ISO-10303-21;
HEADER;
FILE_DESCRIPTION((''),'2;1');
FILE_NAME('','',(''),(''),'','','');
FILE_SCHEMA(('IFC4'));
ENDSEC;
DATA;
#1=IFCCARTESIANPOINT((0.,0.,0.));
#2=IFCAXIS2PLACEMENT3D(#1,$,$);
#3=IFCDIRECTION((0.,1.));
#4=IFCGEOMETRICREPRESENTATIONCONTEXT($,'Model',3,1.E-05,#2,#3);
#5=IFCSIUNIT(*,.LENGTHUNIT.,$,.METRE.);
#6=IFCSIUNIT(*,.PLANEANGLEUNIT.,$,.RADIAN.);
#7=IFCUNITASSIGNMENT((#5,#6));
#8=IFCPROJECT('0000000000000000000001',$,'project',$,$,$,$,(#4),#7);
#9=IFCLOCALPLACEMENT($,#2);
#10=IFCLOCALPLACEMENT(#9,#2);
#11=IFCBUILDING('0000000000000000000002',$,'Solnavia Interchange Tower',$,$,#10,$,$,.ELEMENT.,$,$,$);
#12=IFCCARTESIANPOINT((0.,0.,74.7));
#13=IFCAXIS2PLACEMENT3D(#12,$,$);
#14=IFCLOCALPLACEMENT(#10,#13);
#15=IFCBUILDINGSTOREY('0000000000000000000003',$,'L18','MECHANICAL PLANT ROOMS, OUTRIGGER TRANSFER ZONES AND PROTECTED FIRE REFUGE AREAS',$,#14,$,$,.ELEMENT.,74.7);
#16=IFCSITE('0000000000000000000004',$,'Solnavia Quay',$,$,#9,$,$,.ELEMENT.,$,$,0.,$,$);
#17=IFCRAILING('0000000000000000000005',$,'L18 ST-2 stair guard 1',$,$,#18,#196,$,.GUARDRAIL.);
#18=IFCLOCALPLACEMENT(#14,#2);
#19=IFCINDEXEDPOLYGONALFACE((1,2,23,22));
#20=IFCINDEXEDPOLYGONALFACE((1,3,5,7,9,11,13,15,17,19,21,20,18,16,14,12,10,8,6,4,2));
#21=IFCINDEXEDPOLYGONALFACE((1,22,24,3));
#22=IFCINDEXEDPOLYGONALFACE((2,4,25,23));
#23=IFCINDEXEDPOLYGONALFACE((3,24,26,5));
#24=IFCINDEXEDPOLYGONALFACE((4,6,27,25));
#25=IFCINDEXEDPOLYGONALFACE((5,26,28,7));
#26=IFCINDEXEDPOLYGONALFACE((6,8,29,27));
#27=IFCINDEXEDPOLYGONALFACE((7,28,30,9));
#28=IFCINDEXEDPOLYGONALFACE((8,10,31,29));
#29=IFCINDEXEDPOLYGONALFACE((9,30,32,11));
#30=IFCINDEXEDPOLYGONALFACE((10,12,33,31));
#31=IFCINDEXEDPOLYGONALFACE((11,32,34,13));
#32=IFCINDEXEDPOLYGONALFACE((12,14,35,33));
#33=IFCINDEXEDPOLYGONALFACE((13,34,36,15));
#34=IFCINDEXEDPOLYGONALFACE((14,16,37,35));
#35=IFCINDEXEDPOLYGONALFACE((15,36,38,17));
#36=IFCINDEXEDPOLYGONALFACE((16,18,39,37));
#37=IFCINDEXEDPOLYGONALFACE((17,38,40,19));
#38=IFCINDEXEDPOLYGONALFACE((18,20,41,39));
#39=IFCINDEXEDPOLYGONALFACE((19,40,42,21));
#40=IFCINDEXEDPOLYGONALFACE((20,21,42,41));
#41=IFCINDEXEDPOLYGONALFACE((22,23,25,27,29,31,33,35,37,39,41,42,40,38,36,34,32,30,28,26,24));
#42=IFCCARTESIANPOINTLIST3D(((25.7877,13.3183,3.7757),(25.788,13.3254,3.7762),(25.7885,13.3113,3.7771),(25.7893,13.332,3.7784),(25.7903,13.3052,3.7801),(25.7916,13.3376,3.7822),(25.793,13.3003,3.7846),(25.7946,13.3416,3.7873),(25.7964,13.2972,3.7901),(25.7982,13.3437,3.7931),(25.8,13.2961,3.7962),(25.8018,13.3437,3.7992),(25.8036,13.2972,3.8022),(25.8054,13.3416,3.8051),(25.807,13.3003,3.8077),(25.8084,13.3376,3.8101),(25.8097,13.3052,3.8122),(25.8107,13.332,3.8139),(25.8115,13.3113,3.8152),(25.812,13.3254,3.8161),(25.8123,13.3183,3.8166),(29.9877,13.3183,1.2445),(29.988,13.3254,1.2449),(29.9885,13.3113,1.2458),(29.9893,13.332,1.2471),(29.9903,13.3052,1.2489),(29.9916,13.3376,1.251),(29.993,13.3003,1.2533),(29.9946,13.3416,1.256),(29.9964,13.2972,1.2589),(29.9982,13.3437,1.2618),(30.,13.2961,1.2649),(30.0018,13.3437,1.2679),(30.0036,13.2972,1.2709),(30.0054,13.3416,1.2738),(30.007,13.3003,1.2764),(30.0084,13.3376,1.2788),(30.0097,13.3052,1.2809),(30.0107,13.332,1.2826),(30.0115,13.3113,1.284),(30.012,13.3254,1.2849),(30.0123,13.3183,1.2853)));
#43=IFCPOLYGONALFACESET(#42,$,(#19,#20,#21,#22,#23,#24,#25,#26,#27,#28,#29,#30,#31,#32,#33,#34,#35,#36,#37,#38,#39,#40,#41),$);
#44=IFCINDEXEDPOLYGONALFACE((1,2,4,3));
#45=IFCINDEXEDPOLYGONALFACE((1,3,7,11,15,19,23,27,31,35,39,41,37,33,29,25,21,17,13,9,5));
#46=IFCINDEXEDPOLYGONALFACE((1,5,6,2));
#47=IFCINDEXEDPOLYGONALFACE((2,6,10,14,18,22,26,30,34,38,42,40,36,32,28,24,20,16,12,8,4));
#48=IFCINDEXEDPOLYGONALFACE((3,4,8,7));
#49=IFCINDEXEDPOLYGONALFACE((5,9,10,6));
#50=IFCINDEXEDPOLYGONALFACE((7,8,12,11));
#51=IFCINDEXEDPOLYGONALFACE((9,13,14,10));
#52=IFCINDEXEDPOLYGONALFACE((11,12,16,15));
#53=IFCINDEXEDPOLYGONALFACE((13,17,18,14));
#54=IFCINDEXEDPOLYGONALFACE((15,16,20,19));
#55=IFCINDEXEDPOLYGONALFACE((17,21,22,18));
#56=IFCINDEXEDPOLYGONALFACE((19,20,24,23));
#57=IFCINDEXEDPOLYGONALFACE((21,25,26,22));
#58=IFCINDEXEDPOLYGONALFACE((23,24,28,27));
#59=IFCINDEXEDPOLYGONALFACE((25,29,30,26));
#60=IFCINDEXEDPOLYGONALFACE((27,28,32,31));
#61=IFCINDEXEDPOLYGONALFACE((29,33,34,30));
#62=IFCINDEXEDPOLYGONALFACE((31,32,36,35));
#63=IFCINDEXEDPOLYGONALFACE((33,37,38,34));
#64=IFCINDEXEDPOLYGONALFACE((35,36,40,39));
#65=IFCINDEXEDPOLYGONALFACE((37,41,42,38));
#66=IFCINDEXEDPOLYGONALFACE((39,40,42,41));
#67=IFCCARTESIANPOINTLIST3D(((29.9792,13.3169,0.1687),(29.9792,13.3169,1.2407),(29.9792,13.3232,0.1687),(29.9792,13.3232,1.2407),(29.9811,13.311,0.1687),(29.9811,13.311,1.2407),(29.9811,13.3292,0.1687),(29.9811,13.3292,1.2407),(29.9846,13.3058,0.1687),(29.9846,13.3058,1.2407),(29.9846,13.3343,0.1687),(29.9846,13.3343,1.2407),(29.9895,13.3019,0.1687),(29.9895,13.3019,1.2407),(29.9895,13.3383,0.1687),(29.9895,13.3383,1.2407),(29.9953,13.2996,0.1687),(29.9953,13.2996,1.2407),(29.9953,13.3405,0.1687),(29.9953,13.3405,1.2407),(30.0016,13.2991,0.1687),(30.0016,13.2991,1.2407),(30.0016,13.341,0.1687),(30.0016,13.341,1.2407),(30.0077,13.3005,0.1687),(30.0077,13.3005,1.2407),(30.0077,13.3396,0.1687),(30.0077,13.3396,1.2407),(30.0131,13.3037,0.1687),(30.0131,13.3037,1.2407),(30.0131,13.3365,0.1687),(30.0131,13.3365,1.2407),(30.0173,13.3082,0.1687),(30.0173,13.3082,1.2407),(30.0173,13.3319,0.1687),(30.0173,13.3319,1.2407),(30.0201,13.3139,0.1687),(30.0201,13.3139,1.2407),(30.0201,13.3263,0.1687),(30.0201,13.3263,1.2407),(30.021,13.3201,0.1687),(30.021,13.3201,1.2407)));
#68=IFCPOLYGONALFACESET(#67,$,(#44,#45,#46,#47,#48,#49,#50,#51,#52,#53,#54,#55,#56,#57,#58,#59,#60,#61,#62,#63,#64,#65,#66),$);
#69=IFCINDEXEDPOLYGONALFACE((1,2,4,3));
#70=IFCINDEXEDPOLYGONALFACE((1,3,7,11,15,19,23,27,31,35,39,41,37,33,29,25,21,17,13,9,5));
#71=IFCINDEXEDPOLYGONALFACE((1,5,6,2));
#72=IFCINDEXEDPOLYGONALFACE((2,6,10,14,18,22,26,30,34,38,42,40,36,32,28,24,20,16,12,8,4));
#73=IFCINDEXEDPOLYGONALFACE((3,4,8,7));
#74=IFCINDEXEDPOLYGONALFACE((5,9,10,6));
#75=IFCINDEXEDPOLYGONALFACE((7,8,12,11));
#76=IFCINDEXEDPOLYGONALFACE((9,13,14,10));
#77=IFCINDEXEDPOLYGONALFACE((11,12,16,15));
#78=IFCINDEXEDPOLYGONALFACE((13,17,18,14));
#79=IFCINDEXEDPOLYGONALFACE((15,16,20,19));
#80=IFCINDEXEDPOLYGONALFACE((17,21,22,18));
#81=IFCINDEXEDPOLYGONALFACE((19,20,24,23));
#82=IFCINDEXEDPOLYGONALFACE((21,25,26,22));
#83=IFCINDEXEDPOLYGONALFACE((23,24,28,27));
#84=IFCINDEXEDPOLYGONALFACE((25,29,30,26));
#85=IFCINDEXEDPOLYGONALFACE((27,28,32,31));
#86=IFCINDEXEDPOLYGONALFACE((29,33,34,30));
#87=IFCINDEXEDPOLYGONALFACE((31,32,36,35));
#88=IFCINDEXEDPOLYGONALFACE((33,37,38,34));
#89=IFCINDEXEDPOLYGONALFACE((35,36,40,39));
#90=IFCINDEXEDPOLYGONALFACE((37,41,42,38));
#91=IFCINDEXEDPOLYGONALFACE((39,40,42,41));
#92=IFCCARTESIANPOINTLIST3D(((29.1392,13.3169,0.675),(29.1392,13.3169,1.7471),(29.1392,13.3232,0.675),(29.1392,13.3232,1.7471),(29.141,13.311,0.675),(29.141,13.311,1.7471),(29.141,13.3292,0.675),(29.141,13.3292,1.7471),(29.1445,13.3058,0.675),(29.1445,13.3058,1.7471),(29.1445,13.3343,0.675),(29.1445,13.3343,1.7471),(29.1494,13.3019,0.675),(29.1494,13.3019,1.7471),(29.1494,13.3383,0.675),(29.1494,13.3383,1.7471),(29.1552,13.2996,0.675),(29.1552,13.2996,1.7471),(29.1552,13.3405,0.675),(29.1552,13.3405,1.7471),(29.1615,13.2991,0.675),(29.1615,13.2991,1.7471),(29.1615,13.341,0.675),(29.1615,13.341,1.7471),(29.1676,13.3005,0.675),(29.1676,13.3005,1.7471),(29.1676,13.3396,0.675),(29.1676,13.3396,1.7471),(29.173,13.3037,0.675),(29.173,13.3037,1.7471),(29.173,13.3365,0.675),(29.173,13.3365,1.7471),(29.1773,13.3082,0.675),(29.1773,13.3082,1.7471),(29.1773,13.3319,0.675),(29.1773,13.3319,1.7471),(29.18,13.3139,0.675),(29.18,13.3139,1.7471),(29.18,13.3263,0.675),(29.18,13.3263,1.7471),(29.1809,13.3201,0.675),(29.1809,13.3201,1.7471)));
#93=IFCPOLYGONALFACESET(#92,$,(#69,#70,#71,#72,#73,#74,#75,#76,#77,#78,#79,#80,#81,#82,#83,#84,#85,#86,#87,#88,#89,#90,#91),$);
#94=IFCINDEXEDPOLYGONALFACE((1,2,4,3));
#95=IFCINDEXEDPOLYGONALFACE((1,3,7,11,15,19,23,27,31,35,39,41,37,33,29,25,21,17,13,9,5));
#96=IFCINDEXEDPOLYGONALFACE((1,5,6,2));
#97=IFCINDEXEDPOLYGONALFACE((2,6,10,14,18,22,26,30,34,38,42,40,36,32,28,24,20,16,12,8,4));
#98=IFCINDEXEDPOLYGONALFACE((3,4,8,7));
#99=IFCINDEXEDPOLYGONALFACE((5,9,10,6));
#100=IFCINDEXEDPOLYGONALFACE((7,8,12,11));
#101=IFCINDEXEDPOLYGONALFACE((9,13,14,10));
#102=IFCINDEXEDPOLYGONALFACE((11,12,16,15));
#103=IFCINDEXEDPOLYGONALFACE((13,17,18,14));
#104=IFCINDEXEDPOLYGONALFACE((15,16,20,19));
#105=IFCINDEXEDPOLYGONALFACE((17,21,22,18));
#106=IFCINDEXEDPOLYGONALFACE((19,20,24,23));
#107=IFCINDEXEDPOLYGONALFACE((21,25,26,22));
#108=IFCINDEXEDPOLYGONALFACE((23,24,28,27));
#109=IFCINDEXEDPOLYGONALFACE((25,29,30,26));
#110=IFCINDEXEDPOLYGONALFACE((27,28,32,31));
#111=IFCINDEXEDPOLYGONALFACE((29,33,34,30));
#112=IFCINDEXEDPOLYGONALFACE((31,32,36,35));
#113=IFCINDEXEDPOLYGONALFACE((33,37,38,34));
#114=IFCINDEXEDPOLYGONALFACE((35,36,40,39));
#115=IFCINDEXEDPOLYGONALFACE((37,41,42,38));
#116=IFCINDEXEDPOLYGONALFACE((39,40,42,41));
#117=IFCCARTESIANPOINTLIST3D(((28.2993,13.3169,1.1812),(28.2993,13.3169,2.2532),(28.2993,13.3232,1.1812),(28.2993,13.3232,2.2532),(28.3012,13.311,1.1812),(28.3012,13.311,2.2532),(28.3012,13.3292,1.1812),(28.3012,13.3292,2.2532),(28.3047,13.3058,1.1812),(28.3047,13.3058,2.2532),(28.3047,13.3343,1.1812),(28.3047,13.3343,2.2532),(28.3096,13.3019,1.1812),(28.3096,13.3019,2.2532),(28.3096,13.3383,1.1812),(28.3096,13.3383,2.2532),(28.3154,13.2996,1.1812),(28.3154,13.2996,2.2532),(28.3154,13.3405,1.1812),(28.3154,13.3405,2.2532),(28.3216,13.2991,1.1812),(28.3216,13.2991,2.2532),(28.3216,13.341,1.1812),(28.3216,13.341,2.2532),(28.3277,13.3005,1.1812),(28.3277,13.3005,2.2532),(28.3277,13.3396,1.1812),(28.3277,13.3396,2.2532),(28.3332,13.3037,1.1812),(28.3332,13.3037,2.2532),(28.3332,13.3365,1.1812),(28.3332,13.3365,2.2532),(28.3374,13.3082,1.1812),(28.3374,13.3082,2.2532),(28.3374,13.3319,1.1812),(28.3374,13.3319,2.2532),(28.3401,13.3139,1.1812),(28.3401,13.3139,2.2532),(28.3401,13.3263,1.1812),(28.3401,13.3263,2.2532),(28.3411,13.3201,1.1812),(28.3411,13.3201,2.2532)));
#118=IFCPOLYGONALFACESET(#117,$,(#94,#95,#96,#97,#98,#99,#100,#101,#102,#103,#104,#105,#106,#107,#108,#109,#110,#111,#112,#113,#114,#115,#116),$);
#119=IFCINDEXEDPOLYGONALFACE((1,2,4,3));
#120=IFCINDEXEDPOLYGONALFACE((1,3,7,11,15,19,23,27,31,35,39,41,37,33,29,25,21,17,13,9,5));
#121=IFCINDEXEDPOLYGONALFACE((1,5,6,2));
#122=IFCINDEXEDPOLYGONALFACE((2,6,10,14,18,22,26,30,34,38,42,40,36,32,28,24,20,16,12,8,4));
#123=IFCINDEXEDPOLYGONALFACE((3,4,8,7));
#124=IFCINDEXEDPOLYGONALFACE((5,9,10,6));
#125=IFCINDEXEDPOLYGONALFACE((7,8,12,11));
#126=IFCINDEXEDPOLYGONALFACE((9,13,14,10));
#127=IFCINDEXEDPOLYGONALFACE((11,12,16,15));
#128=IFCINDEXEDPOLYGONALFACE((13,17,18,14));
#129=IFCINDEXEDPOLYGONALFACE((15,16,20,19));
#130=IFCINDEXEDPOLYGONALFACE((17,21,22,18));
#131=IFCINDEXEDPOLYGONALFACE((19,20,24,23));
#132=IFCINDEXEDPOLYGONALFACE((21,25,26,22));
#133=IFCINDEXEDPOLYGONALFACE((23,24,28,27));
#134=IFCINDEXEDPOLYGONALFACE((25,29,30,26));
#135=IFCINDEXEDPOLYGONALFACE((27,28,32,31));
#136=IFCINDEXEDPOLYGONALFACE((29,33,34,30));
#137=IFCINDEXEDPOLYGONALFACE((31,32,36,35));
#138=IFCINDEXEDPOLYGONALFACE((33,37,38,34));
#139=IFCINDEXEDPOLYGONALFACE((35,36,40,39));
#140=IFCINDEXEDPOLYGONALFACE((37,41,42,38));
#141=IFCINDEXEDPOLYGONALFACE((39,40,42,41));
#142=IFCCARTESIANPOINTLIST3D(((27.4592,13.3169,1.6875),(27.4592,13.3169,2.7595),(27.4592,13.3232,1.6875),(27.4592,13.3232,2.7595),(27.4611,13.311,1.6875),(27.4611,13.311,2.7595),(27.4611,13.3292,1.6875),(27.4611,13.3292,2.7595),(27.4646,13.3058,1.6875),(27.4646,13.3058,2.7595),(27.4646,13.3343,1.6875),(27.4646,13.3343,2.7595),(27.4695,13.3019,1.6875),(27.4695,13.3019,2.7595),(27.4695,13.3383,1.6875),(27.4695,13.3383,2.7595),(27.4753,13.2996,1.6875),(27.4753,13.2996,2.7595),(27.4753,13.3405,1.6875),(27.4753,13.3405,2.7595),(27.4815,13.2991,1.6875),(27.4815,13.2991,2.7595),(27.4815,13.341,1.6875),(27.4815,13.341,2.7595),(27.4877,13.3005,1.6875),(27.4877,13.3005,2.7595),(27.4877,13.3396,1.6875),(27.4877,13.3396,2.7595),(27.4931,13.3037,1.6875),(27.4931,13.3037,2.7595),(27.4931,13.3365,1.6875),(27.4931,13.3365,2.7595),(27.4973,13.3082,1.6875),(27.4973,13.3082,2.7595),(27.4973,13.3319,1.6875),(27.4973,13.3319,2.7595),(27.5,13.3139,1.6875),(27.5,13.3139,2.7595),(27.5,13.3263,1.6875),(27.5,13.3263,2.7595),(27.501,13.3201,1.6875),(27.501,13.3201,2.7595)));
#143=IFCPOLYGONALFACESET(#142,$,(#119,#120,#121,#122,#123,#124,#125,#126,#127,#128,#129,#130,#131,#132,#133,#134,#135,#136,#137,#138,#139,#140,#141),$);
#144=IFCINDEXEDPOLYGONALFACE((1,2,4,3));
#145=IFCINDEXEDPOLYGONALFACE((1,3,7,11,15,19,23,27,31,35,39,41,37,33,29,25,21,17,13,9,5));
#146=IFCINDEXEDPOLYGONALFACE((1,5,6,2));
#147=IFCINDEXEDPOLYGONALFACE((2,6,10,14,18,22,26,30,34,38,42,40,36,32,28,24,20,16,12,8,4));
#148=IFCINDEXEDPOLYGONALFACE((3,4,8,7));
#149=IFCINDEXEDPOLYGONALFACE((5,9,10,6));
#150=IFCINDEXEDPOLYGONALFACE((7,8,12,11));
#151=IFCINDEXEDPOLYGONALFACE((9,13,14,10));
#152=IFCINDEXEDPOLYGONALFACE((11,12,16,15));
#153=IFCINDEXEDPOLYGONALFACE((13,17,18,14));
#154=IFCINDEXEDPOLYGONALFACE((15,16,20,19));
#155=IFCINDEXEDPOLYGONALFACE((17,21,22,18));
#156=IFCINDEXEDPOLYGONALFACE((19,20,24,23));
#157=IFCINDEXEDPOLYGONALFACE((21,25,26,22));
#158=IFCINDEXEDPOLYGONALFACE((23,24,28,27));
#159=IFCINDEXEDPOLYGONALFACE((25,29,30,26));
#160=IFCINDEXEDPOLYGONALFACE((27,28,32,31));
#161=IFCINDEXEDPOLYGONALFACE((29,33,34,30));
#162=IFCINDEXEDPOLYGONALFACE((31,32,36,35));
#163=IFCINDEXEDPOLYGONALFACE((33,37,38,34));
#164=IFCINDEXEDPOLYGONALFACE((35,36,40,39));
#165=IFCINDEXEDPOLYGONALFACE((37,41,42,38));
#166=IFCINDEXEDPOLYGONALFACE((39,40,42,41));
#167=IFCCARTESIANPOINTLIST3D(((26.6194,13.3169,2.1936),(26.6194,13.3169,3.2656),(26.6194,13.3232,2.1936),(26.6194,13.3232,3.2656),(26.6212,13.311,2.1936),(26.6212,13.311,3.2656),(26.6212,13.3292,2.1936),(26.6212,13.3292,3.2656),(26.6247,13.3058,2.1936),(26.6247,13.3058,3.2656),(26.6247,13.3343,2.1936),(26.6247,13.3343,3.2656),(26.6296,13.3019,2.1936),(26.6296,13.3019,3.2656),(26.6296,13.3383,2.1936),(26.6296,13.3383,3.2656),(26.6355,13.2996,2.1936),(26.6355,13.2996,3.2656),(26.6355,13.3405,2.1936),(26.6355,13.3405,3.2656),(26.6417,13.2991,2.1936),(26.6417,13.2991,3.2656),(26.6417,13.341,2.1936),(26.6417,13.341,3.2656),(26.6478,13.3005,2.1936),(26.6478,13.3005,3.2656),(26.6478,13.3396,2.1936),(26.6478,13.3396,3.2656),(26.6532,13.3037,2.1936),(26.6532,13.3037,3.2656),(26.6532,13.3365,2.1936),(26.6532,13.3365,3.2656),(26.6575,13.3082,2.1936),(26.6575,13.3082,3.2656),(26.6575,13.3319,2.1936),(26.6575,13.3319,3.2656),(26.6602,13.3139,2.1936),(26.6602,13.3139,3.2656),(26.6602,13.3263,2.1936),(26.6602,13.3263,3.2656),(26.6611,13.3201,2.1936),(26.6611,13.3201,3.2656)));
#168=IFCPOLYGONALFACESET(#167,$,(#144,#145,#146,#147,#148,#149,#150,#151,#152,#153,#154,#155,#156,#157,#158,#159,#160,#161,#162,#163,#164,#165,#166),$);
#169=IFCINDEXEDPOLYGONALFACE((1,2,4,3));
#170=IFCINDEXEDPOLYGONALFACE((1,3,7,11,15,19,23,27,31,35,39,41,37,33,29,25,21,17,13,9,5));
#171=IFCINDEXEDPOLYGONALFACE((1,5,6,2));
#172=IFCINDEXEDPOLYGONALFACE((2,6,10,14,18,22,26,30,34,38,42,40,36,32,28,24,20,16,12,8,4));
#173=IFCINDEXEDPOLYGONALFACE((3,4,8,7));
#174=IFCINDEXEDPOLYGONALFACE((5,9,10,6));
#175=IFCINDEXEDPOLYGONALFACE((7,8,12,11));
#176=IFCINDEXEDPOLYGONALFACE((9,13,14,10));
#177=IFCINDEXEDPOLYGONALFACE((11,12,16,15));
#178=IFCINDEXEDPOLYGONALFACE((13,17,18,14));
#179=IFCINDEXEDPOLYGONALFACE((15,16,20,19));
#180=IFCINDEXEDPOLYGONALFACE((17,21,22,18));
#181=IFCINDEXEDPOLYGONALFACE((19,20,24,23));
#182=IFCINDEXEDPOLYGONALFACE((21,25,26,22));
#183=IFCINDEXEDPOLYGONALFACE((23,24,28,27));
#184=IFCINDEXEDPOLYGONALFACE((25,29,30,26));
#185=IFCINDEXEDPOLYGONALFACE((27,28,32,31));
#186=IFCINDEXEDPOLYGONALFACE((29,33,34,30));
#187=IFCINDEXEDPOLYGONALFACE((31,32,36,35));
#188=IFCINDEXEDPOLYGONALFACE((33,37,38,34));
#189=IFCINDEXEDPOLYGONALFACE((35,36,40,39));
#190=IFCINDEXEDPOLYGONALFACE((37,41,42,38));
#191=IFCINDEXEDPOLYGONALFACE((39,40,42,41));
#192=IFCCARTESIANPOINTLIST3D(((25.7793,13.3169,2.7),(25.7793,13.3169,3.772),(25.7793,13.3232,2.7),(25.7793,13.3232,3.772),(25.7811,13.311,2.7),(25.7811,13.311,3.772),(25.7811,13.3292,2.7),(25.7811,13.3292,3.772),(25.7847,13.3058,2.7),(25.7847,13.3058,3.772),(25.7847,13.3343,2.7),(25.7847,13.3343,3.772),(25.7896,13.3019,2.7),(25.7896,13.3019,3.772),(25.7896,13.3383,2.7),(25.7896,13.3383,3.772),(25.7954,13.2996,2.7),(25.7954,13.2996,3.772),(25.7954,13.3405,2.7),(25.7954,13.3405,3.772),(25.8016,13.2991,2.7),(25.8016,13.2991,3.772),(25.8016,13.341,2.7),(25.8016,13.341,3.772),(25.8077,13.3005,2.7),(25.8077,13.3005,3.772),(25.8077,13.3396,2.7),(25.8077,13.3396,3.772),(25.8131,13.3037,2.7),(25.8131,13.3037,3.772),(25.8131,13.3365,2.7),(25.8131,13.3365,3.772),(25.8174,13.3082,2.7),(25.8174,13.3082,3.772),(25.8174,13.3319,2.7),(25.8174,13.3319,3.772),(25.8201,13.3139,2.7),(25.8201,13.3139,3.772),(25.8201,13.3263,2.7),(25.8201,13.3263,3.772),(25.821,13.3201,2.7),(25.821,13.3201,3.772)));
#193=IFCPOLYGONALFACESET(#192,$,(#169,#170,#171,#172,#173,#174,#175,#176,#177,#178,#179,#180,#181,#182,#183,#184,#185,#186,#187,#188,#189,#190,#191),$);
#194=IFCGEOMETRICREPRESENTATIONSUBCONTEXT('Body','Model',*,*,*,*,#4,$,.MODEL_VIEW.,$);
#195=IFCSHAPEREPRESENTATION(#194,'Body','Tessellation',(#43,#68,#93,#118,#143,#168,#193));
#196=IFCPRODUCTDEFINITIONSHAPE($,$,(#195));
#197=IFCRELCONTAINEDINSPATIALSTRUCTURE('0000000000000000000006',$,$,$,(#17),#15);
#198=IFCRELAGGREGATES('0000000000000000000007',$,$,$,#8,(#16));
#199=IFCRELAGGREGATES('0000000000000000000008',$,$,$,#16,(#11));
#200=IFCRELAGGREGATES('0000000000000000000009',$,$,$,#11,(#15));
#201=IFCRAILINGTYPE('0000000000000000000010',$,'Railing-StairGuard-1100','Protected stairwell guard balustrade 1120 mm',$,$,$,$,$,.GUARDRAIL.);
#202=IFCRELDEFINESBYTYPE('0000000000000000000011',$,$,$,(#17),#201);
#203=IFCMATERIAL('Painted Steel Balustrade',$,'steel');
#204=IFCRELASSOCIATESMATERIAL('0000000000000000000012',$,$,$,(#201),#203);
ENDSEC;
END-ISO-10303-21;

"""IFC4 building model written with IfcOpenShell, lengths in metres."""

from ifc_helpers import new_model, si_unit, direction, frame, origin, origin_2d, place, context, subcontext, project, spatial, circle, extrude, material, type_object, element, save


model = new_model("IFC4")

# Units and contexts
model_context = context("Model", 3, precision=1e-05, world=origin(), true_north=direction((0.0, 1.0)))
body_context = subcontext(model_context, "Body", "Model", "MODEL_VIEW")
ifc_project = project(units=[si_unit("LENGTHUNIT", "METRE"), si_unit("PLANEANGLEUNIT", "RADIAN")], contexts=[model_context])

# Site, building, storey
site_placement = place(None, origin())
site = spatial("IfcSite", under=ifc_project, at=site_placement, Name="Solnavia Quay", CompositionType="ELEMENT", RefElevation=0.0)
building_placement = place(site_placement, origin())
building = spatial("IfcBuilding", under=site, at=building_placement, Name="Solnavia Interchange Tower", CompositionType="ELEMENT")
storey_placement = place(building_placement, frame((0.0, 0.0, 74.7)))
storey = spatial("IfcBuildingStorey", under=building, at=storey_placement, Name="L18", Description="MECHANICAL PLANT ROOMS, OUTRIGGER TRANSFER ZONES AND PROTECTED FIRE REFUGE AREAS", CompositionType="ELEMENT", Elevation=74.7)

# Railing
ifc_material_1 = material(Name="Painted Steel Balustrade", Category="steel")
railing_type = type_object("IfcRailingType", Name="Railing-StairGuard-1100", Description="Protected stairwell guard balustrade 1120 mm", PredefinedType="GUARDRAIL", material=ifc_material_1)
railing_1_placement = place(storey_placement, frame((30.0, 13.3201, 0.1687)))
element("IfcRailing", 1, at=railing_1_placement, inside=storey, type_object=railing_type, Name="L18 ST-2 stair guard 1", PredefinedType="GUARDRAIL", context=body_context, shape_type="SweptSolid", body=[
    extrude(circle(Radius=0.0239, at=origin_2d()), frame((0.0, 0.0, 1.0962), z_axis=(-0.856476, 0.0, 0.516186), x_axis=(0.0, -1.0, 0.0)), (0.0, 0.0, 1.0), 4.9038),
    extrude(circle(Radius=0.021, at=origin_2d()), origin(), (0.0, 0.0, 1.0), 1.072),
    extrude(circle(Radius=0.021, at=origin_2d()), frame((-0.8401, 0.0, 0.5063)), (0.0, 0.0, 1.0), 1.072),
    extrude(circle(Radius=0.021, at=origin_2d()), frame((-1.6799, 0.0, 1.0125)), (0.0, 0.0, 1.0), 1.072),
    extrude(circle(Radius=0.021, at=origin_2d()), frame((-2.52, 0.0, 1.5188)), (0.0, 0.0, 1.0), 1.072),
    extrude(circle(Radius=0.021, at=origin_2d()), frame((-3.3599, 0.0, 2.0249)), (0.0, 0.0, 1.0), 1.072),
    extrude(circle(Radius=0.021, at=origin_2d()), frame((-4.2, 0.0, 2.5312)), (0.0, 0.0, 1.0), 1.072),
])

save(model, "model.ifc")
